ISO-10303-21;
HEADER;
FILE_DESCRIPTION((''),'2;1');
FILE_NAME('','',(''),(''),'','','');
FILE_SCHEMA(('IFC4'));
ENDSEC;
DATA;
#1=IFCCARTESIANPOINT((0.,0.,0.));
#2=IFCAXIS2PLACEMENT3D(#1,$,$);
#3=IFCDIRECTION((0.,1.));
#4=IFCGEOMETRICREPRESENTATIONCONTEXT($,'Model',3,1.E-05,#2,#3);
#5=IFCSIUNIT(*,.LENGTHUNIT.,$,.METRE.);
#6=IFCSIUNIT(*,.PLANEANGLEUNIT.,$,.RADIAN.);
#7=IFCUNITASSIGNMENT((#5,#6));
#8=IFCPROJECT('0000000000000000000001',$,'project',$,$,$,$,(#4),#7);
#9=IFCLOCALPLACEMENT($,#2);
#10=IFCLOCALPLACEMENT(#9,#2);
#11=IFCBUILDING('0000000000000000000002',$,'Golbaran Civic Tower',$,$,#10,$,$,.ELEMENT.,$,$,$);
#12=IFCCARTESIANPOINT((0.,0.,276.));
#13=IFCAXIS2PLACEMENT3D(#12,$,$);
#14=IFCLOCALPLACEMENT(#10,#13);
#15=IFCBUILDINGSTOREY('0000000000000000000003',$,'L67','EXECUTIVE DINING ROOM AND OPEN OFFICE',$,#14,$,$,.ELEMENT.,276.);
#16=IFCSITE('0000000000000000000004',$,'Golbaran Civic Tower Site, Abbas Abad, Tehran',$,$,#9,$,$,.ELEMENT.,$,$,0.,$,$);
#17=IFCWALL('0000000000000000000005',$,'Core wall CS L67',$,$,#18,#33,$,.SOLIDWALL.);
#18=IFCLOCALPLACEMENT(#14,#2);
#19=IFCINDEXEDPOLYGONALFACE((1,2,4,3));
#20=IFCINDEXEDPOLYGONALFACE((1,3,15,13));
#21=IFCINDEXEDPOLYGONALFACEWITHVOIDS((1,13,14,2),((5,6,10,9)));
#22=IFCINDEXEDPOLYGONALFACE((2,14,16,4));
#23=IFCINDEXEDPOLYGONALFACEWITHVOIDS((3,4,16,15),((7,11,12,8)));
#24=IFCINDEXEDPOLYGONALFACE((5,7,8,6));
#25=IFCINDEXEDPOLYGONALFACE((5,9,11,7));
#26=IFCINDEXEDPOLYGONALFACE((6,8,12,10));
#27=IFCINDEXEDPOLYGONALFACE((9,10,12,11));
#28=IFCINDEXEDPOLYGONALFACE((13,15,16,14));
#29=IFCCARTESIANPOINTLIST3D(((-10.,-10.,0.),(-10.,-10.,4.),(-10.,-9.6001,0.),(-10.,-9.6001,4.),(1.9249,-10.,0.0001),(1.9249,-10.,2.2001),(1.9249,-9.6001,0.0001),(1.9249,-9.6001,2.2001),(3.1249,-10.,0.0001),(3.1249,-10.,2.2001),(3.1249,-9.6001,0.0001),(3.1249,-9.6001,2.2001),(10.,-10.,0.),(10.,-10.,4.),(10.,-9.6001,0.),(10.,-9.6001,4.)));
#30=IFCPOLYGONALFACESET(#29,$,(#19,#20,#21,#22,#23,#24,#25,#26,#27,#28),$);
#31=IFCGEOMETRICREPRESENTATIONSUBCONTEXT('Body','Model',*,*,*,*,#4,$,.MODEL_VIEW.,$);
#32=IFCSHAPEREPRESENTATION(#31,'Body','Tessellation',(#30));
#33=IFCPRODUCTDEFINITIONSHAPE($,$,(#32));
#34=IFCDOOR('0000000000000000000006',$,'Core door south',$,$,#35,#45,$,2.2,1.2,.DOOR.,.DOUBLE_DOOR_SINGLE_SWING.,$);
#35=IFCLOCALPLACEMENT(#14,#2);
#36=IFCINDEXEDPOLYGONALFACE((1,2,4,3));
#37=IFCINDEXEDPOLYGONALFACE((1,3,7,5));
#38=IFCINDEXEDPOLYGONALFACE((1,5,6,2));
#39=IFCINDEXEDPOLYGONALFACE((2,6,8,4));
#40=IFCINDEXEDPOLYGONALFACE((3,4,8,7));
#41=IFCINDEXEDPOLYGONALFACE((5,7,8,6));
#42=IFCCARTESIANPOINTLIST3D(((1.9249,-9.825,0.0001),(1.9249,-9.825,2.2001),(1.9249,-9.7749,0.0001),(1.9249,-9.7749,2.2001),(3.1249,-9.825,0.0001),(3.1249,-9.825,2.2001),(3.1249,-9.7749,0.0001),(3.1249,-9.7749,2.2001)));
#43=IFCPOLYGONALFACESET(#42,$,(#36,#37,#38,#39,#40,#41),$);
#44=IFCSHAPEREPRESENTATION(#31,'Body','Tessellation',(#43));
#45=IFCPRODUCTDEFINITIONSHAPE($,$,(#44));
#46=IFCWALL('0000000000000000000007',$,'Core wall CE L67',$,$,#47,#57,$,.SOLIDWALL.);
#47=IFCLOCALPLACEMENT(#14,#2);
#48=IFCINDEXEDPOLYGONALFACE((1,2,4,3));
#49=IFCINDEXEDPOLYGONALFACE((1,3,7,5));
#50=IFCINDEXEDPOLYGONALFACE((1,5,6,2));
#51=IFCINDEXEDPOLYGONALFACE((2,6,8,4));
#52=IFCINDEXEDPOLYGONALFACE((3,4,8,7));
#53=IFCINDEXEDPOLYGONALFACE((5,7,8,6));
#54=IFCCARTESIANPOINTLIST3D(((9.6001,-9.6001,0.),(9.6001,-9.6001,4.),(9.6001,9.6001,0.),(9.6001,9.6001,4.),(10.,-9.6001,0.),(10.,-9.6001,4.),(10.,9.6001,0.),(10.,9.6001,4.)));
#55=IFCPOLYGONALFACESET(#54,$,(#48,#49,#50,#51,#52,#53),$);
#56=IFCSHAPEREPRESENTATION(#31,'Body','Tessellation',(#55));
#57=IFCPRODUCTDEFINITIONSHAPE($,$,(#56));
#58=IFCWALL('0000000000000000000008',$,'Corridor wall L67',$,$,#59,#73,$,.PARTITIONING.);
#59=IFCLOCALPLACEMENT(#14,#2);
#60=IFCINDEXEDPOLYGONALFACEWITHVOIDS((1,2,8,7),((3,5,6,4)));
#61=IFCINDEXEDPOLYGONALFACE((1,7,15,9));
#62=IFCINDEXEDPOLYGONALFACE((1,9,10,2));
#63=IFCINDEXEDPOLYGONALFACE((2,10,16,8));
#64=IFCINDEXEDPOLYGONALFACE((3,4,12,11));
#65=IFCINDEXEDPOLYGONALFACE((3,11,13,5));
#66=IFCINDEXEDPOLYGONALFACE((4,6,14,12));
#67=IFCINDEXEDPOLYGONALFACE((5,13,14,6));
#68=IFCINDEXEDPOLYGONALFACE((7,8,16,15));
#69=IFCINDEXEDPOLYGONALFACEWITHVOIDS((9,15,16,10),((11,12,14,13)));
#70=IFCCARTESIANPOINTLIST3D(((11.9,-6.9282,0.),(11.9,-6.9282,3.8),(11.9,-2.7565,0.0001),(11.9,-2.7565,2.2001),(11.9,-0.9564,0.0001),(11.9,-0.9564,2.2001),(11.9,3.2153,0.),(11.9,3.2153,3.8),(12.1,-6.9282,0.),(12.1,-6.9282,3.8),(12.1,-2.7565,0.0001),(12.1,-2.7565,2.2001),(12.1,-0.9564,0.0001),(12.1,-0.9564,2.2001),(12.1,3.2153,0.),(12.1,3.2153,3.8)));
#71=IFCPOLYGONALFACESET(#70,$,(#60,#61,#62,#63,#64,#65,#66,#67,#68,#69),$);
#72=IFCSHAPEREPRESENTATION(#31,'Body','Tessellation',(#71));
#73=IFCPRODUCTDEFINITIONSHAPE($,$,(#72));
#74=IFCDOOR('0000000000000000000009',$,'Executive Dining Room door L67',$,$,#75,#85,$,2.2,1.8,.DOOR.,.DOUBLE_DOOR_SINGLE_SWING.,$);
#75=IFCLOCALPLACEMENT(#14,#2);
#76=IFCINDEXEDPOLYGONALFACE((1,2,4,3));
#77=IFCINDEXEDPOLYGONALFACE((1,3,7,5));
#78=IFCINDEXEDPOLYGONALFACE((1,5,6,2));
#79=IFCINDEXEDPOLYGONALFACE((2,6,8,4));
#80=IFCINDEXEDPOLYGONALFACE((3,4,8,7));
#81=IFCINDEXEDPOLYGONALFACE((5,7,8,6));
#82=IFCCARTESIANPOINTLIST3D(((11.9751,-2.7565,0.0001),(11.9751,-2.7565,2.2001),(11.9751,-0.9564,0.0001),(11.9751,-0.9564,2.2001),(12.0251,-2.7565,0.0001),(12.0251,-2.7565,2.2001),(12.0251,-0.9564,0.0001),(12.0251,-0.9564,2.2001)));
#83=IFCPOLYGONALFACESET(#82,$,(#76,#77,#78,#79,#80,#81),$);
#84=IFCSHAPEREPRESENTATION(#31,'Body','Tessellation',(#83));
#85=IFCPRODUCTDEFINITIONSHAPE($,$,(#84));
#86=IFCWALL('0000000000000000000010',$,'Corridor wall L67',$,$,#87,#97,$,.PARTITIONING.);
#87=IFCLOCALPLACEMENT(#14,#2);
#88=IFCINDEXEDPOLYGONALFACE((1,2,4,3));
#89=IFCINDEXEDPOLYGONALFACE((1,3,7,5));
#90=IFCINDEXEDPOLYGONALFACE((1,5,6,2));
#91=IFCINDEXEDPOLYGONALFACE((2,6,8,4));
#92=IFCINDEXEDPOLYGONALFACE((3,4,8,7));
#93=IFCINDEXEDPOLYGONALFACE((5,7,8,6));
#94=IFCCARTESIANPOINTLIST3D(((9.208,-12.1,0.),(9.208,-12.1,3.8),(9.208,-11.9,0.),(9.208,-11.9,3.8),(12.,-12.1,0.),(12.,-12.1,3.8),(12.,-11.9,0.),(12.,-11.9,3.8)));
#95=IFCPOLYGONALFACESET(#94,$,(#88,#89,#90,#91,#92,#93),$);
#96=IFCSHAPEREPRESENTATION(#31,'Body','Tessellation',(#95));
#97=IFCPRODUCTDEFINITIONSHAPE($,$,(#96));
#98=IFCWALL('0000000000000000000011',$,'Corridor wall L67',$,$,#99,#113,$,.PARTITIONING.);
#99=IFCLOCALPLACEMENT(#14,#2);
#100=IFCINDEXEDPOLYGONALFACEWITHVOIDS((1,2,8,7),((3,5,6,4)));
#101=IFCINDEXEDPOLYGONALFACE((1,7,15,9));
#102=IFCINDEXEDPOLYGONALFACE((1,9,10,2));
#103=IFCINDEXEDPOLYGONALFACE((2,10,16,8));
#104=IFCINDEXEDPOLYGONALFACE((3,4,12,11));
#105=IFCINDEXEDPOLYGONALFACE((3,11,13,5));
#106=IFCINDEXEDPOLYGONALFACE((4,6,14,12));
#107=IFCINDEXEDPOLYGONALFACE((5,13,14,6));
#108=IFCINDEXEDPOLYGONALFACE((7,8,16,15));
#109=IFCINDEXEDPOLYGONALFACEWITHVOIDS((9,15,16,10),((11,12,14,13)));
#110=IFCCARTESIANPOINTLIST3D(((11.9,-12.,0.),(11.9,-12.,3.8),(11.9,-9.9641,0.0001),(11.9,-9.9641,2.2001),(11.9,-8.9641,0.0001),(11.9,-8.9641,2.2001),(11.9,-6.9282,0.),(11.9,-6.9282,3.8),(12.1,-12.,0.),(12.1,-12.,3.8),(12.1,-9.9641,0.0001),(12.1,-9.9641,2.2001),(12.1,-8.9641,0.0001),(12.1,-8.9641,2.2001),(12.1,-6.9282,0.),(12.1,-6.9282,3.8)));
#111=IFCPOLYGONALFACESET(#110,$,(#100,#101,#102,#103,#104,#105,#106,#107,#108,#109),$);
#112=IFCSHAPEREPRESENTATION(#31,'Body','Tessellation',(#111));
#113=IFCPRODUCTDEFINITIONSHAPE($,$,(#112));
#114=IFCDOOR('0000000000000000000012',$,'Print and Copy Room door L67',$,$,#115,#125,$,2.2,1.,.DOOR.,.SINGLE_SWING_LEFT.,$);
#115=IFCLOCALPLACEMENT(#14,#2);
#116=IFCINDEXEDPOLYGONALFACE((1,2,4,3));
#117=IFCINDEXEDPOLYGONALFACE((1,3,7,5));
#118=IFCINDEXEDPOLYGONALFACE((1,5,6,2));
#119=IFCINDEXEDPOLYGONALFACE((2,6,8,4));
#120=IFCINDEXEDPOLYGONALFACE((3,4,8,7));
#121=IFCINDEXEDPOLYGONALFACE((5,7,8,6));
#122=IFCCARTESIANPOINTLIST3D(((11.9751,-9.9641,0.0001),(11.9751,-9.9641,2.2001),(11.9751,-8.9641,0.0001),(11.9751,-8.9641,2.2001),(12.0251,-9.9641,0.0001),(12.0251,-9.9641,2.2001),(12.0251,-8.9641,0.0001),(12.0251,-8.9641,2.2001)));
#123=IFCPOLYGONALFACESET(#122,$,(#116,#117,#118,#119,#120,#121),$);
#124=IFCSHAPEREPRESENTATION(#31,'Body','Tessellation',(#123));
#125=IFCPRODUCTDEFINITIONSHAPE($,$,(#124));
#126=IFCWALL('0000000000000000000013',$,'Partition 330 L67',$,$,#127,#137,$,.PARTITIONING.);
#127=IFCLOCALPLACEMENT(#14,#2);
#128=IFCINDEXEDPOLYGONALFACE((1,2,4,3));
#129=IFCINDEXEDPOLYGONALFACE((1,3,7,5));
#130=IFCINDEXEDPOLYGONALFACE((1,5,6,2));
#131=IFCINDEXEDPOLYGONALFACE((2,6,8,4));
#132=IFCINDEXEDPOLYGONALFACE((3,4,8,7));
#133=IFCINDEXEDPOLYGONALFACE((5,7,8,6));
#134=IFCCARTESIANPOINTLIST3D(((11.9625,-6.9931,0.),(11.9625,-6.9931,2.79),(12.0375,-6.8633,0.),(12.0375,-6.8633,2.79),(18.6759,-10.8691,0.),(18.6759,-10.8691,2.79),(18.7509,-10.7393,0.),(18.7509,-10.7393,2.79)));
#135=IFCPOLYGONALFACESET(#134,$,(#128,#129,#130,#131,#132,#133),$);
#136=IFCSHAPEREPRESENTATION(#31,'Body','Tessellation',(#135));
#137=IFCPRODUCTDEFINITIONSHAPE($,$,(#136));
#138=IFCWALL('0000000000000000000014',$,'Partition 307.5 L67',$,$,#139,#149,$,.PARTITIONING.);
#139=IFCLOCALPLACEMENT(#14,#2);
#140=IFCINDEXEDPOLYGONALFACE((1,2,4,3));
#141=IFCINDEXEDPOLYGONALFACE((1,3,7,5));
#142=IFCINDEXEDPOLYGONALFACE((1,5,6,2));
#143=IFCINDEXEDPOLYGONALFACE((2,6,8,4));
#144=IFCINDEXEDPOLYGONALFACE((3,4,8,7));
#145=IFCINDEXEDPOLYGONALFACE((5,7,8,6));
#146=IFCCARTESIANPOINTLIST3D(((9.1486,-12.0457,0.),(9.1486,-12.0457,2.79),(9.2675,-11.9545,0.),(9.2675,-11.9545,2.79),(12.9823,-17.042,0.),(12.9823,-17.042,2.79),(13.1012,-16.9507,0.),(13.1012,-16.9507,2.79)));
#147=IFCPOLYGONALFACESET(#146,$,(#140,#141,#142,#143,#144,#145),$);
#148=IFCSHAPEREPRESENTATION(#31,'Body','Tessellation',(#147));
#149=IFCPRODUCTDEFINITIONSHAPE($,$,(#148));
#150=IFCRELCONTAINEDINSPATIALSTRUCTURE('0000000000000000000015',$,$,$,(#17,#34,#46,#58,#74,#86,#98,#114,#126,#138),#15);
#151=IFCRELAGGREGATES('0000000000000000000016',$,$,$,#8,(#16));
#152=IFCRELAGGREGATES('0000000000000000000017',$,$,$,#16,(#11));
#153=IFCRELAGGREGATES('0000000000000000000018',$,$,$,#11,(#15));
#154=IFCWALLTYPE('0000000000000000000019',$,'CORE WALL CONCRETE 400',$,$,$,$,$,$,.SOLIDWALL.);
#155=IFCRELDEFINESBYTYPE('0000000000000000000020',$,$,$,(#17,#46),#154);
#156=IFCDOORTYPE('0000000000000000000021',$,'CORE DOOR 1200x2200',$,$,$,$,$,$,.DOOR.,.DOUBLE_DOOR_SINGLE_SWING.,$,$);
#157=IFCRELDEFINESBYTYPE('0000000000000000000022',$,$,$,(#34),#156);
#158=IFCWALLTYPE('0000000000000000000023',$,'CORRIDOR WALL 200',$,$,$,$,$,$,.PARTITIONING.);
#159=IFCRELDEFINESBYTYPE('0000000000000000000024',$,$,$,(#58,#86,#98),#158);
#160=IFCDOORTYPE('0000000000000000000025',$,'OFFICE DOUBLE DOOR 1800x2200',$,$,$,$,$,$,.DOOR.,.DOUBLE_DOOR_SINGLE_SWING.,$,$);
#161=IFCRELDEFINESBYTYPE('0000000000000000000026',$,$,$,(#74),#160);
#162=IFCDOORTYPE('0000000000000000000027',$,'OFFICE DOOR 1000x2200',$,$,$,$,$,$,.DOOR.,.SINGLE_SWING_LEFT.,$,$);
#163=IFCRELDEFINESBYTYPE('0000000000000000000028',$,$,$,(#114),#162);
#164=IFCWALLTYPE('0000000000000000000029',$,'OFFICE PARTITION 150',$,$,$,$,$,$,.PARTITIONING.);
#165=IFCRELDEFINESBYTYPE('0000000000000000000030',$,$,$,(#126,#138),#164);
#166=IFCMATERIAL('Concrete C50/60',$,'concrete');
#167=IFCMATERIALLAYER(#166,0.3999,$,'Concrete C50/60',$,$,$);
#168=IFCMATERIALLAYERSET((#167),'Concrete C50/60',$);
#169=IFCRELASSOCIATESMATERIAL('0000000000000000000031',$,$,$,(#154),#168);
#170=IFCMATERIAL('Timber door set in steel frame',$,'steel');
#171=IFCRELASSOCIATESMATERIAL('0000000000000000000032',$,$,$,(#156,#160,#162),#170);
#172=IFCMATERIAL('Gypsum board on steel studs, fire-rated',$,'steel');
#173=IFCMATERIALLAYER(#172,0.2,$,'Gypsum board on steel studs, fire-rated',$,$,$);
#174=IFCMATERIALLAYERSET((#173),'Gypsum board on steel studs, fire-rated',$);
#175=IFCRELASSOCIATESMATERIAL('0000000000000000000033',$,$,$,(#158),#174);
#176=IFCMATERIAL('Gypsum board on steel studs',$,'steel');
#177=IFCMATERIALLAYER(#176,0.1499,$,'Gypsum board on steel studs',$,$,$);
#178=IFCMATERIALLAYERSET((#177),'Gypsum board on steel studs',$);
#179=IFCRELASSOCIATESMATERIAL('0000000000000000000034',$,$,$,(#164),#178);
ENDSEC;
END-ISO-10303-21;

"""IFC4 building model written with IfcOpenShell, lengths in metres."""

from ifc_helpers import new_model, si_unit, direction, frame, frame_2d, origin, place, context, subcontext, project, spatial, rectangle, extrude, material, layer, layer_set, type_object, element, fill, save


model = new_model("IFC4")

# Units and contexts
model_context = context("Model", 3, precision=1e-05, world=origin(), true_north=direction((0.0, 1.0)))
body_context = subcontext(model_context, "Body", "Model", "MODEL_VIEW")
ifc_project = project(units=[si_unit("LENGTHUNIT", "METRE"), si_unit("PLANEANGLEUNIT", "RADIAN")], contexts=[model_context])

# Site, building, storey
site_placement = place(None, origin())
site = spatial("IfcSite", under=ifc_project, at=site_placement, Name="Golbaran Civic Tower Site, Abbas Abad, Tehran", CompositionType="ELEMENT", RefElevation=0.0)
building_placement = place(site_placement, origin())
building = spatial("IfcBuilding", under=site, at=building_placement, Name="Golbaran Civic Tower", CompositionType="ELEMENT")
storey_placement = place(building_placement, frame((0.0, 0.0, 276.0)))
storey = spatial("IfcBuildingStorey", under=building, at=storey_placement, Name="L67", Description="EXECUTIVE DINING ROOM AND OPEN OFFICE", CompositionType="ELEMENT", Elevation=276.0)

# Wall, opening, door
ifc_material_1 = material(Name="Concrete C50/60", Category="concrete")
ifc_layer_1 = layer(ifc_material_1, 0.3999, Name="Concrete C50/60")
ifc_layer_set_1 = layer_set([ifc_layer_1], Name="Concrete C50/60")
wall_type_1 = type_object("IfcWallType", Name="CORE WALL CONCRETE 400", PredefinedType="SOLIDWALL", material=ifc_layer_set_1)
wall_1_placement = place(storey_placement, frame((10.0, -9.8, 0.0), z_axis=(0.0, 0.0, 1.0), x_axis=(-1.0, 0.0, 0.0)))
wall_1 = element("IfcWall", 1, at=wall_1_placement, inside=storey, type_object=wall_type_1, Name="Core wall CS L67", PredefinedType="SOLIDWALL", context=body_context, shape_type="SweptSolid", body=[
    extrude(rectangle(XDim=20.0, YDim=0.3999, at=frame_2d((10.0, 0.0))), origin(), (0.0, 0.0, 1.0), 4.0),
])
opening_1_placement = place(wall_1_placement, frame((6.875, 0.0, 0.0)))
opening_1 = element("IfcOpeningElement", 2, at=opening_1_placement, cuts=wall_1, PredefinedType="OPENING", context=body_context, shape_type="SweptSolid", body=[
    extrude(rectangle(XDim=1.2, YDim=2.2, at=frame_2d((0.6001, 1.1001))), frame((0.0, 0.21, 0.0), z_axis=(0.0, -1.0, 0.0), x_axis=(1.0, 0.0, 0.0)), (0.0, 0.0, 1.0), 0.4199),
])
ifc_material_2 = material(Name="Timber door set in steel frame", Category="steel")
door_type_1 = type_object("IfcDoorType", Name="CORE DOOR 1200x2200", OperationType="DOUBLE_DOOR_SINGLE_SWING", PredefinedType="DOOR", material=ifc_material_2)
door_1_placement = place(opening_1_placement, origin())
door_1 = element("IfcDoor", 3, at=door_1_placement, inside=storey, type_object=door_type_1, Name="Core door south", OperationType="DOUBLE_DOOR_SINGLE_SWING", OverallHeight=2.2, OverallWidth=1.2, PredefinedType="DOOR", context=body_context, shape_type="SweptSolid", body=[
    extrude(rectangle(XDim=1.2, YDim=2.2, at=frame_2d((0.6001, 1.1001))), frame((0.0, 0.0249, 0.0), z_axis=(0.0, -1.0, 0.0), x_axis=(1.0, 0.0, 0.0)), (0.0, 0.0, 1.0), 0.05),
])
fill(opening_1, door_1)

# Wall
wall_2_placement = place(storey_placement, frame((9.8, -9.6001, 0.0), z_axis=(0.0, 0.0, 1.0), x_axis=(0.0, 1.0, 0.0)))
element("IfcWall", 4, at=wall_2_placement, inside=storey, type_object=wall_type_1, Name="Core wall CE L67", PredefinedType="SOLIDWALL", context=body_context, shape_type="SweptSolid", body=[
    extrude(rectangle(XDim=19.2002, YDim=0.3999, at=frame_2d((9.6001, 0.0))), origin(), (0.0, 0.0, 1.0), 4.0),
])

# Wall, opening, door
ifc_material_3 = material(Name="Gypsum board on steel studs, fire-rated", Category="steel")
ifc_layer_2 = layer(ifc_material_3, 0.2, Name="Gypsum board on steel studs, fire-rated")
ifc_layer_set_2 = layer_set([ifc_layer_2], Name="Gypsum board on steel studs, fire-rated")
wall_type_2 = type_object("IfcWallType", Name="CORRIDOR WALL 200", PredefinedType="PARTITIONING", material=ifc_layer_set_2)
wall_3_placement = place(storey_placement, frame((12.0, -6.9282, 0.0), z_axis=(0.0, 0.0, 1.0), x_axis=(0.0, 1.0, 0.0)))
wall_3 = element("IfcWall", 5, at=wall_3_placement, inside=storey, type_object=wall_type_2, Name="Corridor wall L67", PredefinedType="PARTITIONING", context=body_context, shape_type="SweptSolid", body=[
    extrude(rectangle(XDim=10.1436, YDim=0.2, at=frame_2d((5.0718, 0.0))), origin(), (0.0, 0.0, 1.0), 3.8),
])
opening_2_placement = place(wall_3_placement, frame((4.1719, 0.0, 0.0)))
opening_2 = element("IfcOpeningElement", 6, at=opening_2_placement, cuts=wall_3, PredefinedType="OPENING", context=body_context, shape_type="SweptSolid", body=[
    extrude(rectangle(XDim=1.8, YDim=2.2, at=frame_2d((0.8999, 1.1001))), frame((0.0, 0.1099, 0.0), z_axis=(0.0, -1.0, 0.0), x_axis=(1.0, 0.0, 0.0)), (0.0, 0.0, 1.0), 0.22),
])
door_type_2 = type_object("IfcDoorType", Name="OFFICE DOUBLE DOOR 1800x2200", OperationType="DOUBLE_DOOR_SINGLE_SWING", PredefinedType="DOOR", material=ifc_material_2)
door_2_placement = place(opening_2_placement, origin())
door_2 = element("IfcDoor", 7, at=door_2_placement, inside=storey, type_object=door_type_2, Name="Executive Dining Room door L67", OperationType="DOUBLE_DOOR_SINGLE_SWING", OverallHeight=2.2, OverallWidth=1.8, PredefinedType="DOOR", context=body_context, shape_type="SweptSolid", body=[
    extrude(rectangle(XDim=1.8, YDim=2.2, at=frame_2d((0.8999, 1.1001))), frame((0.0, 0.0249, 0.0), z_axis=(0.0, -1.0, 0.0), x_axis=(1.0, 0.0, 0.0)), (0.0, 0.0, 1.0), 0.05),
])
fill(opening_2, door_2)

# Wall
wall_4_placement = place(storey_placement, frame((9.208, -12.0, 0.0), z_axis=(0.0, 0.0, 1.0), x_axis=(1.0, 0.0, 0.0)))
element("IfcWall", 8, at=wall_4_placement, inside=storey, type_object=wall_type_2, Name="Corridor wall L67", PredefinedType="PARTITIONING", context=body_context, shape_type="SweptSolid", body=[
    extrude(rectangle(XDim=2.792, YDim=0.2, at=frame_2d((1.396, 0.0))), origin(), (0.0, 0.0, 1.0), 3.8),
])

# Wall, opening, door
wall_5_placement = place(storey_placement, frame((12.0, -12.0, 0.0), z_axis=(0.0, 0.0, 1.0), x_axis=(0.0, 1.0, 0.0)))
wall_5 = element("IfcWall", 9, at=wall_5_placement, inside=storey, type_object=wall_type_2, Name="Corridor wall L67", PredefinedType="PARTITIONING", context=body_context, shape_type="SweptSolid", body=[
    extrude(rectangle(XDim=5.0718, YDim=0.2, at=frame_2d((2.5359, 0.0))), origin(), (0.0, 0.0, 1.0), 3.8),
])
opening_3_placement = place(wall_5_placement, frame((2.0359, 0.0, 0.0)))
opening_3 = element("IfcOpeningElement", 10, at=opening_3_placement, cuts=wall_5, PredefinedType="OPENING", context=body_context, shape_type="SweptSolid", body=[
    extrude(rectangle(XDim=1.0, YDim=2.2, at=frame_2d((0.5, 1.1001))), frame((0.0, 0.1099, 0.0), z_axis=(0.0, -1.0, 0.0), x_axis=(1.0, 0.0, 0.0)), (0.0, 0.0, 1.0), 0.22),
])
door_type_3 = type_object("IfcDoorType", Name="OFFICE DOOR 1000x2200", OperationType="SINGLE_SWING_LEFT", PredefinedType="DOOR", material=ifc_material_2)
door_3_placement = place(opening_3_placement, origin())
door_3 = element("IfcDoor", 11, at=door_3_placement, inside=storey, type_object=door_type_3, Name="Print and Copy Room door L67", OperationType="SINGLE_SWING_LEFT", OverallHeight=2.2, OverallWidth=1.0, PredefinedType="DOOR", context=body_context, shape_type="SweptSolid", body=[
    extrude(rectangle(XDim=1.0, YDim=2.2, at=frame_2d((0.5, 1.1001))), frame((0.0, 0.0249, 0.0), z_axis=(0.0, -1.0, 0.0), x_axis=(1.0, 0.0, 0.0)), (0.0, 0.0, 1.0), 0.05),
])
fill(opening_3, door_3)

# Walls
ifc_material_4 = material(Name="Gypsum board on steel studs", Category="steel")
ifc_layer_3 = layer(ifc_material_4, 0.1499, Name="Gypsum board on steel studs")
ifc_layer_set_3 = layer_set([ifc_layer_3], Name="Gypsum board on steel studs")
wall_type_3 = type_object("IfcWallType", Name="OFFICE PARTITION 150", PredefinedType="PARTITIONING", material=ifc_layer_set_3)
wall_6_placement = place(storey_placement, frame((12.0, -6.9282, 0.0), z_axis=(0.0, 0.0, 1.0), x_axis=(0.866025, -0.500001, 0.0)))
element("IfcWall", 12, at=wall_6_placement, inside=storey, type_object=wall_type_3, Name="Partition 330 L67", PredefinedType="PARTITIONING", context=body_context, shape_type="SweptSolid", body=[
    extrude(rectangle(XDim=7.752, YDim=0.1499, at=frame_2d((3.876, 0.0))), origin(), (0.0, 0.0, 1.0), 2.79),
])
wall_7_placement = place(storey_placement, frame((9.208, -12.0, 0.0), z_axis=(0.0, 0.0, 1.0), x_axis=(0.608753, -0.79336, 0.0)))
element("IfcWall", 13, at=wall_7_placement, inside=storey, type_object=wall_type_3, Name="Partition 307.5 L67", PredefinedType="PARTITIONING", context=body_context, shape_type="SweptSolid", body=[
    extrude(rectangle(XDim=6.2976, YDim=0.1499, at=frame_2d((3.1489, 0.0))), origin(), (0.0, 0.0, 1.0), 2.79),
])

save(model, "model.ifc")
